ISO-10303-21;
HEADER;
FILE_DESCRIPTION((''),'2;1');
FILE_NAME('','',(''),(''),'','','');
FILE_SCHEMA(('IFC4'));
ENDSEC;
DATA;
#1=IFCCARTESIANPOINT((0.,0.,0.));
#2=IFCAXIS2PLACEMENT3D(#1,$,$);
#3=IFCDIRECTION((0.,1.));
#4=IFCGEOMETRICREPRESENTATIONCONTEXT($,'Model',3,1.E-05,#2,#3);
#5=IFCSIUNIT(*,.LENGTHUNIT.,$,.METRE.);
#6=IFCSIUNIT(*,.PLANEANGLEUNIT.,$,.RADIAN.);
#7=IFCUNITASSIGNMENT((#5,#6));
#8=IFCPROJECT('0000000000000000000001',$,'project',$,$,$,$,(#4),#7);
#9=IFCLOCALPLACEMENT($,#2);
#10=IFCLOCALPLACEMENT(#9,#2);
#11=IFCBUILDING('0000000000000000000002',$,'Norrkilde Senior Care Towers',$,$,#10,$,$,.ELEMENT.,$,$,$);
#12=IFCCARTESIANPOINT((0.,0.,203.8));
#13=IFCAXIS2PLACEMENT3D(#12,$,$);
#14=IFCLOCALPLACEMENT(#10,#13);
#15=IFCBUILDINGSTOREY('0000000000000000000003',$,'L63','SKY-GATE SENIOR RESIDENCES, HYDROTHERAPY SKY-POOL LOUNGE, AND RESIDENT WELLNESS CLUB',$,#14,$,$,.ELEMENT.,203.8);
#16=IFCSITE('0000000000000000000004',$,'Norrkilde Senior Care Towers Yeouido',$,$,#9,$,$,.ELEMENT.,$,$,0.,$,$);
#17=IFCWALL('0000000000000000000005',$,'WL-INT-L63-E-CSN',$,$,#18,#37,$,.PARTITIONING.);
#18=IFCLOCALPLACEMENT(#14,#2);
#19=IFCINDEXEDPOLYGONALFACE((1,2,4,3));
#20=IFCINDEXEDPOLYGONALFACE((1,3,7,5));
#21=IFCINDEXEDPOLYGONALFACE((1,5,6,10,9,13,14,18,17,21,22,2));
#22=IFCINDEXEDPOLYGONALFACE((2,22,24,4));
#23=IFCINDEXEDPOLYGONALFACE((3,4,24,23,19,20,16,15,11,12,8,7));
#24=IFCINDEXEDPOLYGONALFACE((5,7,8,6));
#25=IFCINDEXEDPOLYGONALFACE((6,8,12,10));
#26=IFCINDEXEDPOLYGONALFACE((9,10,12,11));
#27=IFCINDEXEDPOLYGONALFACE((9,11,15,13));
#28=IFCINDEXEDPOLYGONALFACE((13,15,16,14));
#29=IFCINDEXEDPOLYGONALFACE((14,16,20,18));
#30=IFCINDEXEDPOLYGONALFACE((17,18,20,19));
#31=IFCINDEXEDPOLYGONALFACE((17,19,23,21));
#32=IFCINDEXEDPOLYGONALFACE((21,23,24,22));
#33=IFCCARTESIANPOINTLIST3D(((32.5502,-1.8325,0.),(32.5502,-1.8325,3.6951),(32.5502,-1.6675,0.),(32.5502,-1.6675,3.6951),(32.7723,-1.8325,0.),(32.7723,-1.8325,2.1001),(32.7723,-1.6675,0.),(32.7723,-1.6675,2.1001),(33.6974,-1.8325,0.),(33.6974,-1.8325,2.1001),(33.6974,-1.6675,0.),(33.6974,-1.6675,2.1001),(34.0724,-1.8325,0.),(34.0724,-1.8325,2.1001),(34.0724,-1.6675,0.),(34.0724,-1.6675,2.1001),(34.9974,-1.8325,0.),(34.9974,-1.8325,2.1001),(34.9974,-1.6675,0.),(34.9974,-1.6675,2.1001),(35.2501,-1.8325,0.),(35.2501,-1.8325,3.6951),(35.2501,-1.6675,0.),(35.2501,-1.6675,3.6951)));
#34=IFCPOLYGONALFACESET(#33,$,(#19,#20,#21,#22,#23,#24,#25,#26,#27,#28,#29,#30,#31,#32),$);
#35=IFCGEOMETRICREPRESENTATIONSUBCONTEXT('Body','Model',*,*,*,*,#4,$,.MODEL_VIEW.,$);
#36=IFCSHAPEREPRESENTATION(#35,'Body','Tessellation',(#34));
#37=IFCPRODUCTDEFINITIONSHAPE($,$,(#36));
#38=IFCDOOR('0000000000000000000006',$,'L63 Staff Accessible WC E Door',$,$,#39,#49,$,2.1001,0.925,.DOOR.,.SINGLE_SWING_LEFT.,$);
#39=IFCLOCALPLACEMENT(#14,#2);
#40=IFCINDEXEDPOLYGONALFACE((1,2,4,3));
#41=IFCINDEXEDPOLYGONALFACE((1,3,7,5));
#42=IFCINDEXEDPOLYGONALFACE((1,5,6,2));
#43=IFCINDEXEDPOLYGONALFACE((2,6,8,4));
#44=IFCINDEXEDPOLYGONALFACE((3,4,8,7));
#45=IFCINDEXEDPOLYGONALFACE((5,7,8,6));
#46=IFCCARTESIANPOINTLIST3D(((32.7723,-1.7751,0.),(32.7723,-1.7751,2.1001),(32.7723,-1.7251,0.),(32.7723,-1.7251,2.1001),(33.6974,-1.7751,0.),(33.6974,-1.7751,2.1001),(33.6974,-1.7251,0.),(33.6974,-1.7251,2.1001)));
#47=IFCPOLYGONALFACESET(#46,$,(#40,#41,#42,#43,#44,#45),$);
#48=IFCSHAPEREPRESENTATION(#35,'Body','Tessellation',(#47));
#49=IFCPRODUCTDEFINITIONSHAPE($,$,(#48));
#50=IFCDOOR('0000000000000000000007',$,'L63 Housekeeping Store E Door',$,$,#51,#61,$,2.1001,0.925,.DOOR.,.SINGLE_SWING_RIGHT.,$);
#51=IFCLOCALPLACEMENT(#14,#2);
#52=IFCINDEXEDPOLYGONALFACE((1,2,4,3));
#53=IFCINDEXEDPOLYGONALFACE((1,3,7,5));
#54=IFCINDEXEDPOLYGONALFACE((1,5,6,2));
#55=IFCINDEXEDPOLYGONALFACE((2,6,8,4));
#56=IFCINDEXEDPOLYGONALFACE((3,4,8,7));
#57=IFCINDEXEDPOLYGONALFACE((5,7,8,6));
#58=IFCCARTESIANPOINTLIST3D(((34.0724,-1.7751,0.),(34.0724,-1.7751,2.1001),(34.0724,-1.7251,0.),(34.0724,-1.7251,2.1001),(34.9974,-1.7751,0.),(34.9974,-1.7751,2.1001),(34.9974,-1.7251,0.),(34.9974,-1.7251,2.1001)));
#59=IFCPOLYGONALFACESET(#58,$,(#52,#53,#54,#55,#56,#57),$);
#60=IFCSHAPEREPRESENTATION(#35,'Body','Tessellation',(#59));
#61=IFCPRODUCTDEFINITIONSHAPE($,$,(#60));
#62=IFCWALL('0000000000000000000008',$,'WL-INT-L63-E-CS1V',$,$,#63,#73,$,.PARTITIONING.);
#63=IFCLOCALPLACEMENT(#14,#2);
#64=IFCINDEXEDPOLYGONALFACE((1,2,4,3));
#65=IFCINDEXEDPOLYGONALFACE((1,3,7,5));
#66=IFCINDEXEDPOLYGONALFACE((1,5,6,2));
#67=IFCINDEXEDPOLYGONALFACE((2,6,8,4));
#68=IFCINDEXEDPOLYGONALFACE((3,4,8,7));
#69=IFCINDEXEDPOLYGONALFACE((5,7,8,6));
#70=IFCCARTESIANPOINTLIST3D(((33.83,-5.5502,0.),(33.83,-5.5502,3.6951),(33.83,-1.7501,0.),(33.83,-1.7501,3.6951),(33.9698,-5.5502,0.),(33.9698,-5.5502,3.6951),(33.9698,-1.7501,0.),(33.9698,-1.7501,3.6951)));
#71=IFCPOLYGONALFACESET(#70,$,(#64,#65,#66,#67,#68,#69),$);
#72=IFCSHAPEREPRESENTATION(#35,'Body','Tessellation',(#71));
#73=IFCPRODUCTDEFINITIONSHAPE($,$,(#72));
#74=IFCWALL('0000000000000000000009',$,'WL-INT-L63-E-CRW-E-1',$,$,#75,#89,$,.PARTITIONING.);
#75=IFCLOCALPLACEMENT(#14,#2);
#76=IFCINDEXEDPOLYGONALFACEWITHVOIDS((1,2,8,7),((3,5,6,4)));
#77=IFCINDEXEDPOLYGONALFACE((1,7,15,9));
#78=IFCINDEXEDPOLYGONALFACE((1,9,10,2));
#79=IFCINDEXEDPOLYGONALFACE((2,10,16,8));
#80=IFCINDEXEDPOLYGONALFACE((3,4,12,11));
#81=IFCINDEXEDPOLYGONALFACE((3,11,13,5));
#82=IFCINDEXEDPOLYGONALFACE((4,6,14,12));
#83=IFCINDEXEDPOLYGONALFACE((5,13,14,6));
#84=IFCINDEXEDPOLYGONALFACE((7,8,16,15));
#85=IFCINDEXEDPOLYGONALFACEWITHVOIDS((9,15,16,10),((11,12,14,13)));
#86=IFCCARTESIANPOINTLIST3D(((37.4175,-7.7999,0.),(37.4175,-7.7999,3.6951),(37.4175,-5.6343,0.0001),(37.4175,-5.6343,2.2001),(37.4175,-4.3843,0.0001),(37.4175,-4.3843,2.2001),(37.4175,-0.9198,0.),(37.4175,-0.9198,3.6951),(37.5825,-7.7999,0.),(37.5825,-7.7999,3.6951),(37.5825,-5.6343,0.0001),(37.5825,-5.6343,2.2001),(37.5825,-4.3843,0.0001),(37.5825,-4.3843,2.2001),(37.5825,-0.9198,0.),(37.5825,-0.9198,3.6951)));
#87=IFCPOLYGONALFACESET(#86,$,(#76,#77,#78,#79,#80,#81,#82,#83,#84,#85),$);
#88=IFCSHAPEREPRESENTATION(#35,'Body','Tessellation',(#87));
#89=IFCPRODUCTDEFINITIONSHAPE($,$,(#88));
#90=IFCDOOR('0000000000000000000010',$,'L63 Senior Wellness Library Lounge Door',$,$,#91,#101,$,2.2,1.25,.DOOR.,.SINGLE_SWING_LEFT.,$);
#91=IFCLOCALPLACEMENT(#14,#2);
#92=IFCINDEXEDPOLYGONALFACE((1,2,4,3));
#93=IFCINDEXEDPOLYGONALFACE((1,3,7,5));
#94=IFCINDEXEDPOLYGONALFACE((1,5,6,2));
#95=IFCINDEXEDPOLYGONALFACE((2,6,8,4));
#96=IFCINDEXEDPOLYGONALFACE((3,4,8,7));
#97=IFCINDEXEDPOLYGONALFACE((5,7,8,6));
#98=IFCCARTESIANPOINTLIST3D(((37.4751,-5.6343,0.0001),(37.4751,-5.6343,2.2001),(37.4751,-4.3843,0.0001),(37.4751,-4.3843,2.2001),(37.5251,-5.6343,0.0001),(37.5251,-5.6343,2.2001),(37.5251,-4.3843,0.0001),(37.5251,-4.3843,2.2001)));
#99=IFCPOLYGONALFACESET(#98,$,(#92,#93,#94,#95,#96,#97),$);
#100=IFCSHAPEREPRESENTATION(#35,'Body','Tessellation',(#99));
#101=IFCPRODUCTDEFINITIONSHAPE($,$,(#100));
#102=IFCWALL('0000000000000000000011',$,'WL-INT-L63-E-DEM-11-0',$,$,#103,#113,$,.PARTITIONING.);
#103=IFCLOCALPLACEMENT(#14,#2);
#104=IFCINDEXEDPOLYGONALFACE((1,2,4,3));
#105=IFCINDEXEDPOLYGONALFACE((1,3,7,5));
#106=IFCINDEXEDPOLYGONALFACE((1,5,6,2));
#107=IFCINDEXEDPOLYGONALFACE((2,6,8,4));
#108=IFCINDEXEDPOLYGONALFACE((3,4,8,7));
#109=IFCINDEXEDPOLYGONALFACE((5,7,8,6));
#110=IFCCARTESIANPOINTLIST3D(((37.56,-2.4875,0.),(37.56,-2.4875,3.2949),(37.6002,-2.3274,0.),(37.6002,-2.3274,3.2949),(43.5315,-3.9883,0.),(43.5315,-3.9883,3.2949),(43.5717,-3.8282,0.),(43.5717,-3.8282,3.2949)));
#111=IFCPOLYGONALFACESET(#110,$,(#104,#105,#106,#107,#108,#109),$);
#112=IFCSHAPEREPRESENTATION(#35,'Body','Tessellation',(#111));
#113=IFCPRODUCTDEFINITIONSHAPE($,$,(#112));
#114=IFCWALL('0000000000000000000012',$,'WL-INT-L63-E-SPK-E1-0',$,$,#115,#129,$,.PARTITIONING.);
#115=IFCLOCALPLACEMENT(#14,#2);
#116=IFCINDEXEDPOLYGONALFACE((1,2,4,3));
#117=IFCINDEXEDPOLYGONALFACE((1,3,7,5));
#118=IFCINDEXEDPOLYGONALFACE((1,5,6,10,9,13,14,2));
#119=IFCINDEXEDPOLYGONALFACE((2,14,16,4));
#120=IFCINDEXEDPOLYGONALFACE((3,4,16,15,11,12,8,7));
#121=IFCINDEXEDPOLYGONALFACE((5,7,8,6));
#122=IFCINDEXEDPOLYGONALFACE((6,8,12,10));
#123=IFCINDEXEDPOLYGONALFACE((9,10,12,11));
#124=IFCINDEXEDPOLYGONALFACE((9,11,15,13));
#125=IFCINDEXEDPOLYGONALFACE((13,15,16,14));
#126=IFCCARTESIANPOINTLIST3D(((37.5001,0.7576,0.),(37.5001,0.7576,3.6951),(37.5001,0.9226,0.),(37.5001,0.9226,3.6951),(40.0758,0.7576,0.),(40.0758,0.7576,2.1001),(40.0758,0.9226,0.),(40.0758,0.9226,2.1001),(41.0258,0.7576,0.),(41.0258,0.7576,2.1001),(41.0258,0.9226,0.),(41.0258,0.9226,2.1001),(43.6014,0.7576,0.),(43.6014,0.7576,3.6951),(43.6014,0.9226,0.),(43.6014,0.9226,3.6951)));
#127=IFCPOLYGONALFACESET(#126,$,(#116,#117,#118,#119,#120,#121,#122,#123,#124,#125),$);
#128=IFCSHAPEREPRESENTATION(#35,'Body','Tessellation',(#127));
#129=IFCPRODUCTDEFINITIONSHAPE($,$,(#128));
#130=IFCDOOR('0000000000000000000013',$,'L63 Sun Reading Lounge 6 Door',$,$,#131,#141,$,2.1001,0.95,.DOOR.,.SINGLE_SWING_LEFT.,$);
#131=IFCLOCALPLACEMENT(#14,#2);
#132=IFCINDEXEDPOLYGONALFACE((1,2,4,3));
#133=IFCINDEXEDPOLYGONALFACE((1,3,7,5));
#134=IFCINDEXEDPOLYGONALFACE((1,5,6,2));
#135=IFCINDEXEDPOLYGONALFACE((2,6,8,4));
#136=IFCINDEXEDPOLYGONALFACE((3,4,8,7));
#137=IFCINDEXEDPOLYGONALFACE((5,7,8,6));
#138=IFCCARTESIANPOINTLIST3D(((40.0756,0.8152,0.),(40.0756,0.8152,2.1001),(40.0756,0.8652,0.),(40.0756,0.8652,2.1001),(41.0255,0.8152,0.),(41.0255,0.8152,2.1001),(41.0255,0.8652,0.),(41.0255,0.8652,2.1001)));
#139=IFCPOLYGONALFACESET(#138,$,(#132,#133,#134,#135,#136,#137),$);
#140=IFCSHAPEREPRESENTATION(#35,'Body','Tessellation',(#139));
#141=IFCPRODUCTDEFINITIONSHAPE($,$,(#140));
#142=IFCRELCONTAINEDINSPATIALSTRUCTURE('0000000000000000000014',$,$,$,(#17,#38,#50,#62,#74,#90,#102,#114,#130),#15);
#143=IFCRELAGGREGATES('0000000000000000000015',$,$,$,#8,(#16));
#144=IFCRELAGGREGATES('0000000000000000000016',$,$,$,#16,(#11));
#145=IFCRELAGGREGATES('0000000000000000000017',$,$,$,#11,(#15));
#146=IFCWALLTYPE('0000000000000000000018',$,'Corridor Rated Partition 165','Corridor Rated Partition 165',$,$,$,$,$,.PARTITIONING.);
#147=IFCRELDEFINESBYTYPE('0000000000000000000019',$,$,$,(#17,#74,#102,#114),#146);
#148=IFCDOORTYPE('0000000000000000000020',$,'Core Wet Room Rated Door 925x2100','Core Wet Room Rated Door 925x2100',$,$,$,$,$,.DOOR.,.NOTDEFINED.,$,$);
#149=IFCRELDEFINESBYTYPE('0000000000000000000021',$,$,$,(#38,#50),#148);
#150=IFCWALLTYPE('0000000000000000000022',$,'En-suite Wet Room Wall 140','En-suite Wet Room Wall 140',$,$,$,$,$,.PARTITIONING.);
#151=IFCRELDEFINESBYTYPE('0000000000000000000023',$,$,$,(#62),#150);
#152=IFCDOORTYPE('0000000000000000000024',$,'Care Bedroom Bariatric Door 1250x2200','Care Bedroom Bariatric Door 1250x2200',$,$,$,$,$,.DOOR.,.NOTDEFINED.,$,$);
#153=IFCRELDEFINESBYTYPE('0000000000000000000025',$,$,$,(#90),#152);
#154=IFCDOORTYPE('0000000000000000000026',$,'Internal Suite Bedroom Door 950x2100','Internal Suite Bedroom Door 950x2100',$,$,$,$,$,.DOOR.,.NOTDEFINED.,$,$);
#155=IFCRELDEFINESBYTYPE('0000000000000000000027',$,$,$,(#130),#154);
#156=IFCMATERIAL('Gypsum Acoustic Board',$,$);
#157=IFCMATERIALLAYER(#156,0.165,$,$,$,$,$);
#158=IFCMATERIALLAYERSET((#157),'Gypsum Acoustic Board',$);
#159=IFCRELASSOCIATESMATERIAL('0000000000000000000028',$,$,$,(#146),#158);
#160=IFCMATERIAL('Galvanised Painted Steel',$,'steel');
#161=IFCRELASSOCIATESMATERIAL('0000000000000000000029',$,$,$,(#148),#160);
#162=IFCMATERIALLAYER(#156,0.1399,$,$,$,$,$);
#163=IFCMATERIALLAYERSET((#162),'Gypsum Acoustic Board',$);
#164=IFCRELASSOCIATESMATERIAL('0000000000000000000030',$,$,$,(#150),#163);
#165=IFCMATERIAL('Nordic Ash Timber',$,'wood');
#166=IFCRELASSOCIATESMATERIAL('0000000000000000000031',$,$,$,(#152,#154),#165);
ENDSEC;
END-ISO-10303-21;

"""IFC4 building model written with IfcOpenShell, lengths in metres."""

from ifc_helpers import new_model, si_unit, direction, frame, frame_2d, origin, place, context, subcontext, project, spatial, rectangle, extrude, source, transform, mapped, material, layer, layer_set, type_object, type_shapes, element, fill, save


model = new_model("IFC4")

# Units and contexts
model_context = context("Model", 3, precision=1e-05, world=origin(), true_north=direction((0.0, 1.0)))
body_context = subcontext(model_context, "Body", "Model", "MODEL_VIEW")
ifc_project = project(units=[si_unit("LENGTHUNIT", "METRE"), si_unit("PLANEANGLEUNIT", "RADIAN")], contexts=[model_context])

# Site, building, storey
site_placement = place(None, origin())
site = spatial("IfcSite", under=ifc_project, at=site_placement, Name="Norrkilde Senior Care Towers Yeouido", CompositionType="ELEMENT", RefElevation=0.0)
building_placement = place(site_placement, origin())
building = spatial("IfcBuilding", under=site, at=building_placement, Name="Norrkilde Senior Care Towers", CompositionType="ELEMENT")
storey_placement = place(building_placement, frame((0.0, 0.0, 203.8)))
storey = spatial("IfcBuildingStorey", under=building, at=storey_placement, Name="L63", Description="SKY-GATE SENIOR RESIDENCES, HYDROTHERAPY SKY-POOL LOUNGE, AND RESIDENT WELLNESS CLUB", CompositionType="ELEMENT", Elevation=203.8)

# Wall, openings, doors
ifc_material_1 = material(Name="Gypsum Acoustic Board")
ifc_layer_1 = layer(ifc_material_1, 0.165)
ifc_layer_set_1 = layer_set([ifc_layer_1], Name="Gypsum Acoustic Board")
wall_type_1 = type_object("IfcWallType", Name="Corridor Rated Partition 165", Description="Corridor Rated Partition 165", PredefinedType="PARTITIONING", material=ifc_layer_set_1)
shared_shape_1 = source(origin(), body_context, "Body", "SweptSolid", [
    extrude(rectangle(XDim=2.7, YDim=0.165, at=frame_2d((1.3501, 0.0))), origin(), (0.0, 0.0, 1.0), 3.6951),
])
wall_1_placement = place(storey_placement, frame((32.55, -1.75, 0.0), z_axis=(0.0, 0.0, 1.0), x_axis=(1.0, 0.0, 0.0)))
wall_1 = element("IfcWall", 1, at=wall_1_placement, inside=storey, type_object=wall_type_1, Name="WL-INT-L63-E-CSN", PredefinedType="PARTITIONING", context=body_context, shape_type="MappedRepresentation", body=[
    mapped(shared_shape_1, transform((0.0, 0.0, 0.0), x_axis=(1.0, 0.0, 0.0), y_axis=(0.0, 1.0, 0.0), z_axis=(0.0, 0.0, 1.0), scale=1.0)),
])
opening_1_placement = place(wall_1_placement, frame((0.2224, 0.0, 0.0)))
opening_1 = element("IfcOpeningElement", 2, at=opening_1_placement, cuts=wall_1, PredefinedType="OPENING", context=body_context, shape_type="SweptSolid", body=[
    extrude(rectangle(XDim=0.925, YDim=2.1001, at=frame_2d((0.4624, 1.05))), frame((0.0, 0.0925, 0.0), z_axis=(0.0, -1.0, 0.0), x_axis=(1.0, 0.0, 0.0)), (0.0, 0.0, 1.0), 0.1851),
])
opening_2_placement = place(wall_1_placement, frame((1.5225, 0.0, 0.0)))
opening_2 = element("IfcOpeningElement", 3, at=opening_2_placement, cuts=wall_1, PredefinedType="OPENING", context=body_context, shape_type="SweptSolid", body=[
    extrude(rectangle(XDim=0.925, YDim=2.1001, at=frame_2d((0.4624, 1.05))), frame((0.0, 0.0925, 0.0), z_axis=(0.0, -1.0, 0.0), x_axis=(1.0, 0.0, 0.0)), (0.0, 0.0, 1.0), 0.1851),
])
ifc_material_2 = material(Name="Galvanised Painted Steel", Category="steel")
door_type_1 = type_object("IfcDoorType", Name="Core Wet Room Rated Door 925x2100", Description="Core Wet Room Rated Door 925x2100", OperationType="NOTDEFINED", PredefinedType="DOOR", material=ifc_material_2)
shared_shape_2 = source(origin(), body_context, "Body", "SweptSolid", [
    extrude(rectangle(XDim=0.925, YDim=2.1001, at=frame_2d((0.4624, 1.05))), frame((0.0, 0.0249, 0.0), z_axis=(0.0, -1.0, 0.0), x_axis=(1.0, 0.0, 0.0)), (0.0, 0.0, 1.0), 0.05),
])
type_shapes(door_type_1, [shared_shape_2])
door_1_placement = place(opening_1_placement, origin())
door_1 = element("IfcDoor", 4, at=door_1_placement, inside=storey, type_object=door_type_1, Name="L63 Staff Accessible WC E Door", OperationType="SINGLE_SWING_LEFT", OverallHeight=2.1001, OverallWidth=0.925, PredefinedType="DOOR", context=body_context, shape_type="MappedRepresentation", body=[
    mapped(shared_shape_2, transform((0.0, 0.0, 0.0), x_axis=(1.0, 0.0, 0.0), y_axis=(0.0, 1.0, 0.0), z_axis=(0.0, 0.0, 1.0), scale=1.0)),
])
fill(opening_1, door_1)
door_2_placement = place(opening_2_placement, origin())
door_2 = element("IfcDoor", 5, at=door_2_placement, inside=storey, type_object=door_type_1, Name="L63 Housekeeping Store E Door", OperationType="SINGLE_SWING_RIGHT", OverallHeight=2.1001, OverallWidth=0.925, PredefinedType="DOOR", context=body_context, shape_type="MappedRepresentation", body=[
    mapped(shared_shape_2, transform((0.0, 0.0, 0.0), x_axis=(1.0, 0.0, 0.0), y_axis=(0.0, 1.0, 0.0), z_axis=(0.0, 0.0, 1.0), scale=1.0)),
])
fill(opening_2, door_2)

# Wall
ifc_layer_2 = layer(ifc_material_1, 0.1399)
ifc_layer_set_2 = layer_set([ifc_layer_2], Name="Gypsum Acoustic Board")
wall_type_2 = type_object("IfcWallType", Name="En-suite Wet Room Wall 140", Description="En-suite Wet Room Wall 140", PredefinedType="PARTITIONING", material=ifc_layer_set_2)
shared_shape_3 = source(origin(), body_context, "Body", "SweptSolid", [
    extrude(rectangle(XDim=3.8, YDim=0.1399, at=frame_2d((1.8999, 0.0))), origin(), (0.0, 0.0, 1.0), 3.6951),
])
type_shapes(wall_type_2, [shared_shape_3])
wall_2_placement = place(storey_placement, frame((33.8999, -5.55, 0.0), z_axis=(0.0, 0.0, 1.0), x_axis=(0.0, 1.0, 0.0)))
element("IfcWall", 6, at=wall_2_placement, inside=storey, type_object=wall_type_2, Name="WL-INT-L63-E-CS1V", PredefinedType="PARTITIONING", context=body_context, shape_type="MappedRepresentation", body=[
    mapped(shared_shape_3, transform((0.0, 0.0, 0.0), x_axis=(1.0, 0.0, 0.0), y_axis=(0.0, 1.0, 0.0), z_axis=(0.0, 0.0, 1.0), scale=1.0)),
])

# Wall, opening, door
shared_shape_4 = source(origin(), body_context, "Body", "SweptSolid", [
    extrude(rectangle(XDim=6.8801, YDim=0.165, at=frame_2d((3.4399, 0.0))), origin(), (0.0, 0.0, 1.0), 3.6951),
])
wall_3_placement = place(storey_placement, frame((37.5, -0.9199, 0.0), z_axis=(0.0, 0.0, 1.0), x_axis=(0.0, -1.0, 0.0)))
wall_3 = element("IfcWall", 7, at=wall_3_placement, inside=storey, type_object=wall_type_1, Name="WL-INT-L63-E-CRW-E-1", PredefinedType="PARTITIONING", context=body_context, shape_type="MappedRepresentation", body=[
    mapped(shared_shape_4, transform((0.0, 0.0, 0.0), x_axis=(1.0, 0.0, 0.0), y_axis=(0.0, 1.0, 0.0), z_axis=(0.0, 0.0, 1.0), scale=1.0)),
])
opening_3_placement = place(wall_3_placement, frame((3.4644, 0.0, 0.0)))
opening_3 = element("IfcOpeningElement", 8, at=opening_3_placement, cuts=wall_3, PredefinedType="OPENING", context=body_context, shape_type="SweptSolid", body=[
    extrude(rectangle(XDim=1.25, YDim=2.2, at=frame_2d((0.625, 1.1001))), frame((0.0, 0.0925, 0.0), z_axis=(0.0, -1.0, 0.0), x_axis=(1.0, 0.0, 0.0)), (0.0, 0.0, 1.0), 0.1851),
])
ifc_material_3 = material(Name="Nordic Ash Timber", Category="wood")
door_type_2 = type_object("IfcDoorType", Name="Care Bedroom Bariatric Door 1250x2200", Description="Care Bedroom Bariatric Door 1250x2200", OperationType="NOTDEFINED", PredefinedType="DOOR", material=ifc_material_3)
shared_shape_5 = source(origin(), body_context, "Body", "SweptSolid", [
    extrude(rectangle(XDim=1.25, YDim=2.2, at=frame_2d((0.625, 1.1001))), frame((0.0, 0.0249, 0.0), z_axis=(0.0, -1.0, 0.0), x_axis=(1.0, 0.0, 0.0)), (0.0, 0.0, 1.0), 0.05),
])
type_shapes(door_type_2, [shared_shape_5])
door_3_placement = place(opening_3_placement, frame((1.25, 0.0, 0.0), z_axis=(0.0, 0.0, 1.0), x_axis=(-1.0, 0.0, 0.0)))
door_3 = element("IfcDoor", 9, at=door_3_placement, inside=storey, type_object=door_type_2, Name="L63 Senior Wellness Library Lounge Door", OperationType="SINGLE_SWING_LEFT", OverallHeight=2.2, OverallWidth=1.25, PredefinedType="DOOR", context=body_context, shape_type="MappedRepresentation", body=[
    mapped(shared_shape_5, transform((0.0, 0.0, 0.0), x_axis=(1.0, 0.0, 0.0), y_axis=(0.0, 1.0, 0.0), z_axis=(0.0, 0.0, 1.0), scale=1.0)),
])
fill(opening_3, door_3)

# Wall
shared_shape_6 = source(origin(), body_context, "Body", "SweptSolid", [
    extrude(rectangle(XDim=6.1572, YDim=0.165, at=frame_2d((3.0786, 0.0))), origin(), (0.0, 0.0, 1.0), 3.2949),
])
wall_4_placement = place(storey_placement, frame((37.5801, -2.4075, 0.0), z_axis=(0.0, 0.0, 1.0), x_axis=(0.969841, -0.243739, 0.0)))
element("IfcWall", 10, at=wall_4_placement, inside=storey, type_object=wall_type_1, Name="WL-INT-L63-E-DEM-11-0", PredefinedType="PARTITIONING", context=body_context, shape_type="MappedRepresentation", body=[
    mapped(shared_shape_6, transform((0.0, 0.0, 0.0), x_axis=(1.0, 0.0, 0.0), y_axis=(0.0, 1.0, 0.0), z_axis=(0.0, 0.0, 1.0), scale=1.0)),
])

# Wall, opening, door
shared_shape_7 = source(origin(), body_context, "Body", "SweptSolid", [
    extrude(rectangle(XDim=6.1013, YDim=0.165, at=frame_2d((3.0508, 0.0))), origin(), (0.0, 0.0, 1.0), 3.6951),
])
type_shapes(wall_type_1, [shared_shape_1, shared_shape_4, shared_shape_6, shared_shape_7])
wall_5_placement = place(storey_placement, frame((37.5, 0.8401, 0.0), z_axis=(0.0, 0.0, 1.0), x_axis=(1.0, 0.0, 0.0)))
wall_5 = element("IfcWall", 11, at=wall_5_placement, inside=storey, type_object=wall_type_1, Name="WL-INT-L63-E-SPK-E1-0", PredefinedType="PARTITIONING", context=body_context, shape_type="MappedRepresentation", body=[
    mapped(shared_shape_7, transform((0.0, 0.0, 0.0), x_axis=(1.0, 0.0, 0.0), y_axis=(0.0, 1.0, 0.0), z_axis=(0.0, 0.0, 1.0), scale=1.0)),
])
opening_4_placement = place(wall_5_placement, frame((2.5757, 0.0, 0.0)))
opening_4 = element("IfcOpeningElement", 12, at=opening_4_placement, cuts=wall_5, PredefinedType="OPENING", context=body_context, shape_type="SweptSolid", body=[
    extrude(rectangle(XDim=0.95, YDim=2.1001, at=frame_2d((0.4751, 1.05))), frame((0.0, 0.0925, 0.0), z_axis=(0.0, -1.0, 0.0), x_axis=(1.0, 0.0, 0.0)), (0.0, 0.0, 1.0), 0.1851),
])
door_type_3 = type_object("IfcDoorType", Name="Internal Suite Bedroom Door 950x2100", Description="Internal Suite Bedroom Door 950x2100", OperationType="NOTDEFINED", PredefinedType="DOOR", material=ifc_material_3)
shared_shape_8 = source(origin(), body_context, "Body", "SweptSolid", [
    extrude(rectangle(XDim=0.95, YDim=2.1001, at=frame_2d((0.4751, 1.05))), frame((0.0, 0.0249, 0.0), z_axis=(0.0, -1.0, 0.0), x_axis=(1.0, 0.0, 0.0)), (0.0, 0.0, 1.0), 0.05),
])
type_shapes(door_type_3, [shared_shape_8])
door_4_placement = place(opening_4_placement, frame((0.95, 0.0, 0.0), z_axis=(0.0, 0.0, 1.0), x_axis=(-1.0, 0.0, 0.0)))
door_4 = element("IfcDoor", 13, at=door_4_placement, inside=storey, type_object=door_type_3, Name="L63 Sun Reading Lounge 6 Door", OperationType="SINGLE_SWING_LEFT", OverallHeight=2.1001, OverallWidth=0.95, PredefinedType="DOOR", context=body_context, shape_type="MappedRepresentation", body=[
    mapped(shared_shape_8, transform((0.0, 0.0, 0.0), x_axis=(1.0, 0.0, 0.0), y_axis=(0.0, 1.0, 0.0), z_axis=(0.0, 0.0, 1.0), scale=1.0)),
])
fill(opening_4, door_4)

save(model, "model.ifc")
